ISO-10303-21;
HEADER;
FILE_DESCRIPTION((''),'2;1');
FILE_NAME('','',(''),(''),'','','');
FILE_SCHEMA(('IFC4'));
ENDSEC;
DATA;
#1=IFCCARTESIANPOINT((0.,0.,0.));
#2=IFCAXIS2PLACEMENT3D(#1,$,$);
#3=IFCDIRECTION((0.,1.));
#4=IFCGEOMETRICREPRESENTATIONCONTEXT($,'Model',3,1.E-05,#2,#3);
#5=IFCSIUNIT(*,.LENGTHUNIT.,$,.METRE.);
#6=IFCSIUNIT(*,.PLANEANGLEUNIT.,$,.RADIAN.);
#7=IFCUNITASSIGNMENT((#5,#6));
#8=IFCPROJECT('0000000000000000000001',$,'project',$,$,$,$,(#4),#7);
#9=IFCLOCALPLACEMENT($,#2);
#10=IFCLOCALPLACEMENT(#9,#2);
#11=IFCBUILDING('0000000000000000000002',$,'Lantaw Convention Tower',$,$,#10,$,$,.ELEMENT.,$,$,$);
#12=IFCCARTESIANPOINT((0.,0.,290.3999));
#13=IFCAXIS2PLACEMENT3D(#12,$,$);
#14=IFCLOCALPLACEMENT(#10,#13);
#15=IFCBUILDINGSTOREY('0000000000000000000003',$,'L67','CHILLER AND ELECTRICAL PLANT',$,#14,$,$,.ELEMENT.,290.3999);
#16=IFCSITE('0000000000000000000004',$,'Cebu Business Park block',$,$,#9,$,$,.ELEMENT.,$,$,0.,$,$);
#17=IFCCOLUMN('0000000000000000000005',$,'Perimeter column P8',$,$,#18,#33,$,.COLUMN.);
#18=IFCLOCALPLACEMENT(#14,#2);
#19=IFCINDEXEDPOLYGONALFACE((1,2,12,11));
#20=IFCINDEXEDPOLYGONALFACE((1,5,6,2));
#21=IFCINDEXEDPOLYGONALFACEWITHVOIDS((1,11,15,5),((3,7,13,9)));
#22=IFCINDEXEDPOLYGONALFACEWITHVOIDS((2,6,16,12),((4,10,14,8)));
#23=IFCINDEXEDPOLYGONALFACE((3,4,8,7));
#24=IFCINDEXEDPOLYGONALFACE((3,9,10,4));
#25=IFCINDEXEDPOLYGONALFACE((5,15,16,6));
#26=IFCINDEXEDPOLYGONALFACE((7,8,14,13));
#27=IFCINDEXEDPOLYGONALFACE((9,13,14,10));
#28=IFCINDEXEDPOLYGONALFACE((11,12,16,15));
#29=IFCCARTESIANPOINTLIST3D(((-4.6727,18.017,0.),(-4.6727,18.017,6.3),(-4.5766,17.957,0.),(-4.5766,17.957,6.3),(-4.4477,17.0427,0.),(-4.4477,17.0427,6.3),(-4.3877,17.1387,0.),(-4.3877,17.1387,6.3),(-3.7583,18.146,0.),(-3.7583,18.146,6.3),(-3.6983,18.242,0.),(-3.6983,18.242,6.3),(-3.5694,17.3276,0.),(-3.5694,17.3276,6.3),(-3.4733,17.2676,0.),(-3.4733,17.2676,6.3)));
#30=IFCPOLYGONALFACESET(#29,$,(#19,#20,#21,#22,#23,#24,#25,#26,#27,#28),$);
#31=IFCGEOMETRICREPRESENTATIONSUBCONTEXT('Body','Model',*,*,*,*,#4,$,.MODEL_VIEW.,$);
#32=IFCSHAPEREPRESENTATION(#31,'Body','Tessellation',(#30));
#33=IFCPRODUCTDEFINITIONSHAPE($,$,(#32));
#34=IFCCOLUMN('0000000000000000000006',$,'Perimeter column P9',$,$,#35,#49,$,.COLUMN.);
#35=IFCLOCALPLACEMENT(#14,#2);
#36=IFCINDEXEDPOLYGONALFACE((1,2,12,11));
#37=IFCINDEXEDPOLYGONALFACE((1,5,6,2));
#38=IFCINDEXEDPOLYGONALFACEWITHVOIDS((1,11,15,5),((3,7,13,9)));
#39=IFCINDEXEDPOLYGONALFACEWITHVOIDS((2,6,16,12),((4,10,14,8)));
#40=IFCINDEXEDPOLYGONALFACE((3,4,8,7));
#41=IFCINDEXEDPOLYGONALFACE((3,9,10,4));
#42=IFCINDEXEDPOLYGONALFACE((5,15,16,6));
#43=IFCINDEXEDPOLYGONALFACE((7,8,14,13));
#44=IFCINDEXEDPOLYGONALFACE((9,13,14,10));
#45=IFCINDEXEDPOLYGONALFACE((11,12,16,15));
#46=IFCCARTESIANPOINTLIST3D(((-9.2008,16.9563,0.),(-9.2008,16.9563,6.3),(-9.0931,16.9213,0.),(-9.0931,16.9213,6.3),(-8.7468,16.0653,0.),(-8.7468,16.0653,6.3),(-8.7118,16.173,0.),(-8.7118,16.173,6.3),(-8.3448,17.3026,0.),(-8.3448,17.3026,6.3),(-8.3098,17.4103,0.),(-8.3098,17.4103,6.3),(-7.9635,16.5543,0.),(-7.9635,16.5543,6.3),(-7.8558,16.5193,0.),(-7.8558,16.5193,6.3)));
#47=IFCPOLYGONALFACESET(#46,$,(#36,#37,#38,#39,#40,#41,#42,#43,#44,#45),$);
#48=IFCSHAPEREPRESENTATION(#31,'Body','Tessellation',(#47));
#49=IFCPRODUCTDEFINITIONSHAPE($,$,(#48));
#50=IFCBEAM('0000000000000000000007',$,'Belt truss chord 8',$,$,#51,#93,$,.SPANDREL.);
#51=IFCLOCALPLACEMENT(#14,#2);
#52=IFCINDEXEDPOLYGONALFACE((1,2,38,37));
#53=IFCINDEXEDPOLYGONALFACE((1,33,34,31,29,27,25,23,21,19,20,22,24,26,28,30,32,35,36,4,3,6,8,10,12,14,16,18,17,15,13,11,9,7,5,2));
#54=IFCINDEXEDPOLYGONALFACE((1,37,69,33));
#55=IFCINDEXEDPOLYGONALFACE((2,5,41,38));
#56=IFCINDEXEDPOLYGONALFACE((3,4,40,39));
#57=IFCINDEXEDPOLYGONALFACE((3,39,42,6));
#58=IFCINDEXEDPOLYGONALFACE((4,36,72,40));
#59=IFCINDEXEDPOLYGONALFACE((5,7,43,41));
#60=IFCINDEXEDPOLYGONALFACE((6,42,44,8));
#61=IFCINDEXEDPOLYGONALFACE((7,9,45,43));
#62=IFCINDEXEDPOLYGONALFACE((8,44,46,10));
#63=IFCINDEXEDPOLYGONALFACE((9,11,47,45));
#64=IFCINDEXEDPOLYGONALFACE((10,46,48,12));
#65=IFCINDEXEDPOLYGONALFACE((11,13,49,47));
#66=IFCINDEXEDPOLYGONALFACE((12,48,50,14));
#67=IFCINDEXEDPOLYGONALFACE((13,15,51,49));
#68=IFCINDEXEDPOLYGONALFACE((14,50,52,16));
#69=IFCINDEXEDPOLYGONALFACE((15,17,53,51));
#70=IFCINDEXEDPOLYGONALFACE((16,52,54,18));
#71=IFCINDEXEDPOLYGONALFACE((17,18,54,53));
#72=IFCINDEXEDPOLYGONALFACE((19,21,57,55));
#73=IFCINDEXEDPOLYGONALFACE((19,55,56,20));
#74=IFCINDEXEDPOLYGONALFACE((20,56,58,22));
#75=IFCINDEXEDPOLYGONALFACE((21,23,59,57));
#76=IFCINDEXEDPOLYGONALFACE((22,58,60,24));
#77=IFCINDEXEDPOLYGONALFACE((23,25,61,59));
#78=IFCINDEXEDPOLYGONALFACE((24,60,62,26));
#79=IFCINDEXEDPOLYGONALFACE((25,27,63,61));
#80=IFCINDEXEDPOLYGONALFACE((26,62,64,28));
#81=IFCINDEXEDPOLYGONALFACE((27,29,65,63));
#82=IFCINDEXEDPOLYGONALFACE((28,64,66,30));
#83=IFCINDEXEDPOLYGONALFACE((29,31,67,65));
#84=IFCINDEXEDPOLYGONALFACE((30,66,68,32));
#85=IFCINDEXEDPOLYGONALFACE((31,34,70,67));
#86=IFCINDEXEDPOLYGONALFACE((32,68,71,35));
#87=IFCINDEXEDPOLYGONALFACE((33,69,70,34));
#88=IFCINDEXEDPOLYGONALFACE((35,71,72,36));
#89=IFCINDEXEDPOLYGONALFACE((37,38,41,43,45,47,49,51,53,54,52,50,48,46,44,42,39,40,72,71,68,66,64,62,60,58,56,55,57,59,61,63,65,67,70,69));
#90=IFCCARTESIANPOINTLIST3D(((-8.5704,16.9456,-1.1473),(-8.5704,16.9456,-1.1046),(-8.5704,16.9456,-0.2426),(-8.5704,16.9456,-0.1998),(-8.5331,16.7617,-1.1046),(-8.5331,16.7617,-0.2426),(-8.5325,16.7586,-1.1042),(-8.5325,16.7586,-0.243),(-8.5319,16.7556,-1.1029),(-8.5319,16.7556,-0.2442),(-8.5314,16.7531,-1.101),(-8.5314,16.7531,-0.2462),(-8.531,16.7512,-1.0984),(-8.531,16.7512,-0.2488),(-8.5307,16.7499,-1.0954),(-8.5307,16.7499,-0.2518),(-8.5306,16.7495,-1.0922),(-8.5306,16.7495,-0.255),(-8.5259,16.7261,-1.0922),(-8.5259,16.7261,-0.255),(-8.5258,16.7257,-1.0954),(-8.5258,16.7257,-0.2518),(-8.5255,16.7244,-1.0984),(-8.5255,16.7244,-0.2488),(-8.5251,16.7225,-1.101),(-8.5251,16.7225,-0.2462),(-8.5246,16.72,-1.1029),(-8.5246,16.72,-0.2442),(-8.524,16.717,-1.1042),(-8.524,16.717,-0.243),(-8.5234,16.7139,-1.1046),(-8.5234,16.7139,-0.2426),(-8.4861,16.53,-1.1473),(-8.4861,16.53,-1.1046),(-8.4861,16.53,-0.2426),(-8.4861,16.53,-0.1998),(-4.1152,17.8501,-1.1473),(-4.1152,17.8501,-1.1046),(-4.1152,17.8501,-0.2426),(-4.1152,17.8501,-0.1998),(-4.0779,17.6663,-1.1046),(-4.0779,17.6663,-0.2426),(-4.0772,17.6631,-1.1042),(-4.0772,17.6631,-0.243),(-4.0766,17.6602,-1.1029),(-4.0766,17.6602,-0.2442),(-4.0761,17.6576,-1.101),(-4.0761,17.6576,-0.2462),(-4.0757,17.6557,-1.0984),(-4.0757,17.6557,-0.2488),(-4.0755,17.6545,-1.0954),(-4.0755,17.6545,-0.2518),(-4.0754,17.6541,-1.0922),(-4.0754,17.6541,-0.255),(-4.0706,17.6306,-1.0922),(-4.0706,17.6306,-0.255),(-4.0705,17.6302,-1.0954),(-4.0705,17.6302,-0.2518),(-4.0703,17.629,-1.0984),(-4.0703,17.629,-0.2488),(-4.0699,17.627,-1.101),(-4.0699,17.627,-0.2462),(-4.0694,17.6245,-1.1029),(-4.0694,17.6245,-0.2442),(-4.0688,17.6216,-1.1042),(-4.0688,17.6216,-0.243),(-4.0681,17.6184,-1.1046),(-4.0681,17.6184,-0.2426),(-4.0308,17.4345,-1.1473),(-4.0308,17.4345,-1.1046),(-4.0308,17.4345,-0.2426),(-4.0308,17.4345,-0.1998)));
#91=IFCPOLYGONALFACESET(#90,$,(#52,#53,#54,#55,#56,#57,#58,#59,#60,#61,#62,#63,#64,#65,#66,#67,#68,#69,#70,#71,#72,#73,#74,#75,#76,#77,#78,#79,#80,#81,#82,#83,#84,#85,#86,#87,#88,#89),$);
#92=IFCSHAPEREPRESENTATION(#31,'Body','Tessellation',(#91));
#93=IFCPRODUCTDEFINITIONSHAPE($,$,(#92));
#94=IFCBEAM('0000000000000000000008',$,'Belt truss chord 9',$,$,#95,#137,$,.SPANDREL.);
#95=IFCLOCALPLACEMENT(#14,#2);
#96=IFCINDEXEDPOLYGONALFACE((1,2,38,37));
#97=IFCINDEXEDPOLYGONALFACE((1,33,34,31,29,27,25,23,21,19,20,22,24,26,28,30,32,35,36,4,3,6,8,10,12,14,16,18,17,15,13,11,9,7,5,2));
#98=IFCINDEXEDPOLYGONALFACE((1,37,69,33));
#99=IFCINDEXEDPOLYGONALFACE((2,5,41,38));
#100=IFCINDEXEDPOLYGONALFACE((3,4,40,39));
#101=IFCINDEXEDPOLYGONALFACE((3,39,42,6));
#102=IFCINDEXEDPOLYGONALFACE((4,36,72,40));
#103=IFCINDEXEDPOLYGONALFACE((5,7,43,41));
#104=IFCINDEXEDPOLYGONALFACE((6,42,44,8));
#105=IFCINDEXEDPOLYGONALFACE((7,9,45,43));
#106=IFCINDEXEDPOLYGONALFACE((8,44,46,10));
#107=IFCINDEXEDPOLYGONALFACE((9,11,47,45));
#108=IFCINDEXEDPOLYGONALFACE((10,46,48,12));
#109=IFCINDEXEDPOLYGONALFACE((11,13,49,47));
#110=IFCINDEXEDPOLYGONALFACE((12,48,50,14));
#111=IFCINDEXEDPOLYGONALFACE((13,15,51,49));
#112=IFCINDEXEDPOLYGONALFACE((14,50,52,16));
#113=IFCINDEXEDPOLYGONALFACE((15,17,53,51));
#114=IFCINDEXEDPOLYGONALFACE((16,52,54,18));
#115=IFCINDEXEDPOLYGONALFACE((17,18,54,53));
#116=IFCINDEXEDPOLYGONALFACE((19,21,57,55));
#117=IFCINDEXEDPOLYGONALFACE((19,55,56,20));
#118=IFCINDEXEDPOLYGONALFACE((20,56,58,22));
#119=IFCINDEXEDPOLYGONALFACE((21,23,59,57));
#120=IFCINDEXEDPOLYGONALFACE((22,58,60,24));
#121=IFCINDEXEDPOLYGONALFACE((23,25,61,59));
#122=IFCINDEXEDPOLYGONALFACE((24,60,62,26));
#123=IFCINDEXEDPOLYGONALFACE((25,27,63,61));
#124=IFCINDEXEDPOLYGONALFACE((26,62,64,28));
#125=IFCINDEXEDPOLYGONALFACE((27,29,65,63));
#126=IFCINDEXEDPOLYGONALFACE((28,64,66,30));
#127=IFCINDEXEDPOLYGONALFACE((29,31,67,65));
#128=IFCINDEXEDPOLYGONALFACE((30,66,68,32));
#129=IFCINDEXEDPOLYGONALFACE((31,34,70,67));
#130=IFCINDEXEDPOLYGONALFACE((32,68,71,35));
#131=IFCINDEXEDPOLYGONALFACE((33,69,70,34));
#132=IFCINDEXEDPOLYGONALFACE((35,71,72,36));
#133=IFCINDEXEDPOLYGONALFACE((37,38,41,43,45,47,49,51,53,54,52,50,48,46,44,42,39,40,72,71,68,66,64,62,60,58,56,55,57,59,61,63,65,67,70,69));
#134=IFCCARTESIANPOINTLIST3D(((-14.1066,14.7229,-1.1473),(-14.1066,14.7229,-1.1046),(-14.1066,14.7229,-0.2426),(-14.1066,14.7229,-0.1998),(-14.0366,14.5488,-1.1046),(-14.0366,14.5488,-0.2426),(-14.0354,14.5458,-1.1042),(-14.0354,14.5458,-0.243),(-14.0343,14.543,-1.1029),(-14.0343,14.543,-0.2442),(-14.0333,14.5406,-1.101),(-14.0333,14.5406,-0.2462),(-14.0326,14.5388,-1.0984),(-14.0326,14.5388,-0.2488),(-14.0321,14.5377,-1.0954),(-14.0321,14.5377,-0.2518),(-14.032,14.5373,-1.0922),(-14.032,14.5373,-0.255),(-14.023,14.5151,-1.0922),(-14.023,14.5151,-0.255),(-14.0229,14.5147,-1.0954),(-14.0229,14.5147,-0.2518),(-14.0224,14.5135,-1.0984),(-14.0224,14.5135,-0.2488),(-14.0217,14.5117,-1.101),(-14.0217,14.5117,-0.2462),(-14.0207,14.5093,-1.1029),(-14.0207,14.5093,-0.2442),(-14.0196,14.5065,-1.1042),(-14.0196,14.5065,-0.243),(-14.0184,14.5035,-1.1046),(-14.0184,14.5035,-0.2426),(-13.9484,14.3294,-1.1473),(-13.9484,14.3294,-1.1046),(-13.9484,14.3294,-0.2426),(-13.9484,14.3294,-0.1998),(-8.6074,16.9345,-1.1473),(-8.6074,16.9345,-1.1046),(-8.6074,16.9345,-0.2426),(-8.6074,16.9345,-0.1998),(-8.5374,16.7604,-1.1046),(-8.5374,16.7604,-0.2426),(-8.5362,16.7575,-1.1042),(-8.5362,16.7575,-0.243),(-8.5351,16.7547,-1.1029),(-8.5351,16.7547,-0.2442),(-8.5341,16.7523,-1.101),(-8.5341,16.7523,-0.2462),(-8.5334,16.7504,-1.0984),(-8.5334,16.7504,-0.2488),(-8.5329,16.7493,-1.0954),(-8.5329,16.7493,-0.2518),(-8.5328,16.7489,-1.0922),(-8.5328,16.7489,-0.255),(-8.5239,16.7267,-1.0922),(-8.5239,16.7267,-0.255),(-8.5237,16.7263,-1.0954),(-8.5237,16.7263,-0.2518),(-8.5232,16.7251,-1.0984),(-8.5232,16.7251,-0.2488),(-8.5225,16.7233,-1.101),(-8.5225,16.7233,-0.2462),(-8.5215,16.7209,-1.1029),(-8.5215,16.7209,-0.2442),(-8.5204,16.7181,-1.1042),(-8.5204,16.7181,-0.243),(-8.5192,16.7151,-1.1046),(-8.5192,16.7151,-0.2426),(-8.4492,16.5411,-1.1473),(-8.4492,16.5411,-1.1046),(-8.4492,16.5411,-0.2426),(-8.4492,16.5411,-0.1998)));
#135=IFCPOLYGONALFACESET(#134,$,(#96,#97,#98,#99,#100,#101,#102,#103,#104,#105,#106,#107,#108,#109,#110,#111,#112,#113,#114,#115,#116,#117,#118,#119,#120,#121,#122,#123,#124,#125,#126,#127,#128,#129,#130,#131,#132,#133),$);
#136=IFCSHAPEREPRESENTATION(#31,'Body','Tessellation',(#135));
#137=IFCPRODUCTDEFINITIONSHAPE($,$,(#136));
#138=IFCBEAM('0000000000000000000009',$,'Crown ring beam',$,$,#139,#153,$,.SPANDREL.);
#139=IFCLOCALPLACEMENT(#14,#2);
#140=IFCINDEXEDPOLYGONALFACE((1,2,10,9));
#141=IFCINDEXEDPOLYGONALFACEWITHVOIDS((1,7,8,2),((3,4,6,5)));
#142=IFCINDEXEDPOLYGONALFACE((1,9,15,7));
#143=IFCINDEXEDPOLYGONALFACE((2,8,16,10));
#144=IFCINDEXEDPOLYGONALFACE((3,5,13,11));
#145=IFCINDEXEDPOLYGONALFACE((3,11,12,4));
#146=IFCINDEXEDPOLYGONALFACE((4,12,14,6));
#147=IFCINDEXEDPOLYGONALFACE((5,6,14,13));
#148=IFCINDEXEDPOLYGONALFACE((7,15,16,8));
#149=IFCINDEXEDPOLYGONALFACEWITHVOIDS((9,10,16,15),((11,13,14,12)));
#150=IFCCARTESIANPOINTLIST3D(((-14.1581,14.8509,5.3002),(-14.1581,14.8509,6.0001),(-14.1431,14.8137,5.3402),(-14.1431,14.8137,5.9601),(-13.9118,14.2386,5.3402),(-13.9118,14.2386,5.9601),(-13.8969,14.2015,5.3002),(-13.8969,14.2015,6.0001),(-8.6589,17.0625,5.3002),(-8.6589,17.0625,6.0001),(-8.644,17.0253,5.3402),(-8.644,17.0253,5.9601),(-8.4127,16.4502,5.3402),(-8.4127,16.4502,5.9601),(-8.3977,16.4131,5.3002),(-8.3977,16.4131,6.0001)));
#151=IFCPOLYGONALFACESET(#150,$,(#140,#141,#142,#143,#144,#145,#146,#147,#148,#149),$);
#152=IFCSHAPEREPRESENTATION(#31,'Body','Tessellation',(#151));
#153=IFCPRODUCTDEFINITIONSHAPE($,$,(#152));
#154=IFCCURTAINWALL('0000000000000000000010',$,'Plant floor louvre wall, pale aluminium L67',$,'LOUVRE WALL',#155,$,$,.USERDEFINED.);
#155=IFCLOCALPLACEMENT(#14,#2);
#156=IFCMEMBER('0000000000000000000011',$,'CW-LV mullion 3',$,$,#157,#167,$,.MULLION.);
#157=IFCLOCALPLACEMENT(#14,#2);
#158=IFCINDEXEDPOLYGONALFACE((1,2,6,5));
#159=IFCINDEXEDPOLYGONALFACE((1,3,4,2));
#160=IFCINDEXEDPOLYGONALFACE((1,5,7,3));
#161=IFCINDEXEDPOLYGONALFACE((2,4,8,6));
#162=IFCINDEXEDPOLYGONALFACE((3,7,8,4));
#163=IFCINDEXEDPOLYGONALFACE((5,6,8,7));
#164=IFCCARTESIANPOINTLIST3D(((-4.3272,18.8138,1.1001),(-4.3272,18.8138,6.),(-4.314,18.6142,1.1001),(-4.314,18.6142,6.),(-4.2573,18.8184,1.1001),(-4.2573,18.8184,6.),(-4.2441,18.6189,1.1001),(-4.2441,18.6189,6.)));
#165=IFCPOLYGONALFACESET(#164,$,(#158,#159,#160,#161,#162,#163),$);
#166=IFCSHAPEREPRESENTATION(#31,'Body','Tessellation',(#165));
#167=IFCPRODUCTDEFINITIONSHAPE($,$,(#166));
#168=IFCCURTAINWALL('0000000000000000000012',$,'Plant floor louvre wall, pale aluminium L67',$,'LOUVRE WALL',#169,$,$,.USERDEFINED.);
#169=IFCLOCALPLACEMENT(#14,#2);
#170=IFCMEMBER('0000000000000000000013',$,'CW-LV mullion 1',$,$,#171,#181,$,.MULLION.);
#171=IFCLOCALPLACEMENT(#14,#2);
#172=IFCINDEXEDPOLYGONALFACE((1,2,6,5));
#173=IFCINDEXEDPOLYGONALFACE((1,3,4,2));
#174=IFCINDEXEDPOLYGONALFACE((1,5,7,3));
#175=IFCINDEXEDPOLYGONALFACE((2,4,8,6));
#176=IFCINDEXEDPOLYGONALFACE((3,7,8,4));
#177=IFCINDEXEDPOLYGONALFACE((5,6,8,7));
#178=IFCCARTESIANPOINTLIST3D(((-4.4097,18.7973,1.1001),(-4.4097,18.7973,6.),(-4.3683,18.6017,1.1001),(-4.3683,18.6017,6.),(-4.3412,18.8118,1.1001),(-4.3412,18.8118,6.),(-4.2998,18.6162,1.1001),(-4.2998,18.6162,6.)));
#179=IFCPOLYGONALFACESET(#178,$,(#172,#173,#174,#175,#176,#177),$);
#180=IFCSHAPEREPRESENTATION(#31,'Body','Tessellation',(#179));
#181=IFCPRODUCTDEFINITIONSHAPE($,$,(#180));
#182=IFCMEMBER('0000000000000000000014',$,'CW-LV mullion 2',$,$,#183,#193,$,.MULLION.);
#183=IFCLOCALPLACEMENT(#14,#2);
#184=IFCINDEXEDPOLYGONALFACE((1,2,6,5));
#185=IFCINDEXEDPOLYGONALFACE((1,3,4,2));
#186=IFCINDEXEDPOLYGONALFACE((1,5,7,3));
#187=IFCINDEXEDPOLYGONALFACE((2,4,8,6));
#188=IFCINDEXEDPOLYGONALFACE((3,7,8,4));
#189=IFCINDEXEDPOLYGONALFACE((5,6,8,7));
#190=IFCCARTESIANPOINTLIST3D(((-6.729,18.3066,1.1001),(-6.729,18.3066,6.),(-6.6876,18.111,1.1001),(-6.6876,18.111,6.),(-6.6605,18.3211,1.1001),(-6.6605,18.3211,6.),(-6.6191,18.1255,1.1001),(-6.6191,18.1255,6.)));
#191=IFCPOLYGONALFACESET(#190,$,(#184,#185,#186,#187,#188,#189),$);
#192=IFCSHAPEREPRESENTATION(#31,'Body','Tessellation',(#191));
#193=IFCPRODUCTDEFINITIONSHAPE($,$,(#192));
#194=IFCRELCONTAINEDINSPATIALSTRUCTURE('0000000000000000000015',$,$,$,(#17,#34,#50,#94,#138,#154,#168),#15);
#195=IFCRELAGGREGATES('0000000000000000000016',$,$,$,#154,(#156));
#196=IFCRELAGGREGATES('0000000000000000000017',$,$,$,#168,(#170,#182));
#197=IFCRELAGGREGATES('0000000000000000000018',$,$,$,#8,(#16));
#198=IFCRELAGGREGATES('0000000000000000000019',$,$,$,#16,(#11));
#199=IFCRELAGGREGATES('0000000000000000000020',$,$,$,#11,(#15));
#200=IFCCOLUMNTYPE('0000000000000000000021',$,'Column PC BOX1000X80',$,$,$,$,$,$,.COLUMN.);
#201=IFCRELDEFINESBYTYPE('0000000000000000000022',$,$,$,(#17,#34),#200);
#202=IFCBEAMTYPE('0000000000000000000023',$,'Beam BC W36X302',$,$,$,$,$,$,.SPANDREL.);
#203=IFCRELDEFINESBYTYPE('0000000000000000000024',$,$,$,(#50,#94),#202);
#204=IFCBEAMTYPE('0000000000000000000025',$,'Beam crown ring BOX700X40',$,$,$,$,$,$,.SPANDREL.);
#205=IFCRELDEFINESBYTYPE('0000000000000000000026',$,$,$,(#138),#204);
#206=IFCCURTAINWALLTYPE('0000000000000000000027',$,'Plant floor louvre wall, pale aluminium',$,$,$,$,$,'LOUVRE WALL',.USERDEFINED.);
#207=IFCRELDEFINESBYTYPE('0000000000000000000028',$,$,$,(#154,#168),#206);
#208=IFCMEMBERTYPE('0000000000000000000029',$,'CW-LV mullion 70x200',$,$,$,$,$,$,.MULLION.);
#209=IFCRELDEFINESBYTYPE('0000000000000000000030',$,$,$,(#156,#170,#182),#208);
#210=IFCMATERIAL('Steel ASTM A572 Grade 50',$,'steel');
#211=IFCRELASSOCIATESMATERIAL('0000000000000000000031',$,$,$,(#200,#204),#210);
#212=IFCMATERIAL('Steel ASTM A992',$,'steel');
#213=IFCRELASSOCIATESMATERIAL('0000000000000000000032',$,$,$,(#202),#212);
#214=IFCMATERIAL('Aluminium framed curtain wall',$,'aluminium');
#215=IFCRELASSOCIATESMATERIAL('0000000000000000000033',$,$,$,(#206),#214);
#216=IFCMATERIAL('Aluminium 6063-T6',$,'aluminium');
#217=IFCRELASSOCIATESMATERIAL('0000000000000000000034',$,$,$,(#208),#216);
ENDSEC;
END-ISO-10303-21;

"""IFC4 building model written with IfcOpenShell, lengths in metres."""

from ifc_helpers import new_model, si_unit, direction, frame, origin, origin_2d, place, context, subcontext, project, spatial, rectangle, hollow_rectangle, i_section, extrude, material, material_profile, profile_set, type_object, element, aggregate, save


model = new_model("IFC4")

# Units and contexts
model_context = context("Model", 3, precision=1e-05, world=origin(), true_north=direction((0.0, 1.0)))
body_context = subcontext(model_context, "Body", "Model", "MODEL_VIEW")
ifc_project = project(units=[si_unit("LENGTHUNIT", "METRE"), si_unit("PLANEANGLEUNIT", "RADIAN")], contexts=[model_context])

# Site, building, storey
site_placement = place(None, origin())
site = spatial("IfcSite", under=ifc_project, at=site_placement, Name="Cebu Business Park block", CompositionType="ELEMENT", RefElevation=0.0)
building_placement = place(site_placement, origin())
building = spatial("IfcBuilding", under=site, at=building_placement, Name="Lantaw Convention Tower", CompositionType="ELEMENT")
storey_placement = place(building_placement, frame((0.0, 0.0, 290.3999)))
storey = spatial("IfcBuildingStorey", under=building, at=storey_placement, Name="L67", Description="CHILLER AND ELECTRICAL PLANT", CompositionType="ELEMENT", Elevation=290.3999)

# Columns
ifc_material_1 = material(Name="Steel ASTM A572 Grade 50", Category="steel")
ifc_material_profile_1 = material_profile(ifc_material_1, hollow_rectangle(XDim=1.0, YDim=1.0, WallThickness=0.0801, at=origin_2d()), Name="BOX1000X80")
ifc_material_2 = material(Name="Concrete C60/75", Category="concrete")
ifc_material_profile_2 = material_profile(ifc_material_2, rectangle(XDim=0.8401, YDim=0.8401, at=origin_2d()), Name="Concrete fill of BOX1000X80")
ifc_profile_set_1 = profile_set([ifc_material_profile_1, ifc_material_profile_2], Name="Steel ASTM A572 Grade 50")
column_type = type_object("IfcColumnType", Name="Column PC BOX1000X80", PredefinedType="COLUMN", material=ifc_profile_set_1)
for number, where, z_axis, x_axis, name in (
    (1, (-4.073, 17.6423, 0.0), (0.0, 0.0, 1.0), (0.97437, 0.224951, 0.0), "Perimeter column P8"),
    (2, (-8.5283, 16.7378, 0.0), (0.0, 0.0, 1.0), (0.891007, 0.45399, 0.0), "Perimeter column P9"),
):
    element("IfcColumn", number, at=place(storey_placement, frame(where, z_axis=z_axis, x_axis=x_axis)), inside=storey, type_object=column_type, Name=name, PredefinedType="COLUMN", context=body_context, shape_type="SweptSolid", body=[
        extrude(hollow_rectangle(XDim=1.0, YDim=1.0, WallThickness=0.0801, at=origin_2d()), origin(), (0.0, 0.0, 1.0), 6.3),
    ])

# Beams
ifc_material_3 = material(Name="Steel ASTM A992", Category="steel")
ifc_material_profile_3 = material_profile(ifc_material_3, i_section(OverallWidth=0.4241, OverallDepth=0.9475, WebThickness=0.0239, FlangeThickness=0.0427, FilletRadius=0.0125, at=origin_2d()), Name="W36X302")
ifc_profile_set_2 = profile_set([ifc_material_profile_3], Name="Steel ASTM A992")
beam_type_1 = type_object("IfcBeamType", Name="Beam BC W36X302", PredefinedType="SPANDREL", material=ifc_profile_set_2)
beam_1_placement = place(storey_placement, frame((-4.073, 17.6423, -0.6736), z_axis=(-0.980006, -0.198966, 0.0), x_axis=(0.198966, -0.980006, 0.0)))
element("IfcBeam", 3, at=beam_1_placement, inside=storey, type_object=beam_type_1, Name="Belt truss chord 8", PredefinedType="SPANDREL", context=body_context, shape_type="SweptSolid", body=[
    extrude(i_section(OverallWidth=0.4241, OverallDepth=0.9475, WebThickness=0.0239, FlangeThickness=0.0427, FilletRadius=0.0125, at=origin_2d()), origin(), (0.0, 0.0, 1.0), 4.5461),
])
beam_2_placement = place(storey_placement, frame((-8.5283, 16.7378, -0.6736), z_axis=(-0.927779, -0.37313, 0.0), x_axis=(0.37313, -0.927779, 0.0)))
element("IfcBeam", 4, at=beam_2_placement, inside=storey, type_object=beam_type_1, Name="Belt truss chord 9", PredefinedType="SPANDREL", context=body_context, shape_type="SweptSolid", body=[
    extrude(i_section(OverallWidth=0.4241, OverallDepth=0.9475, WebThickness=0.0239, FlangeThickness=0.0427, FilletRadius=0.0125, at=origin_2d()), origin(), (0.0, 0.0, 1.0), 5.9272),
])
ifc_material_profile_4 = material_profile(ifc_material_1, hollow_rectangle(XDim=0.7, YDim=0.7, WallThickness=0.04, at=origin_2d()), Name="BOX700X40")
ifc_profile_set_3 = profile_set([ifc_material_profile_4], Name="Steel ASTM A572 Grade 50")
beam_type_2 = type_object("IfcBeamType", Name="Beam crown ring BOX700X40", PredefinedType="SPANDREL", material=ifc_profile_set_3)
beam_3_placement = place(storey_placement, frame((-8.5283, 16.7378, 5.6501), z_axis=(-0.927779, -0.37313, 0.0), x_axis=(0.37313, -0.927779, 0.0)))
element("IfcBeam", 5, at=beam_3_placement, inside=storey, type_object=beam_type_2, Name="Crown ring beam", PredefinedType="SPANDREL", context=body_context, shape_type="SweptSolid", body=[
    extrude(hollow_rectangle(XDim=0.7, YDim=0.7, WallThickness=0.04, at=origin_2d()), origin(), (0.0, 0.0, 1.0), 5.9272),
])

# Curtain wall, member
ifc_material_4 = material(Name="Aluminium framed curtain wall", Category="aluminium")
curtain_wall_type = type_object("IfcCurtainWallType", Name="Plant floor louvre wall, pale aluminium", ElementType="LOUVRE WALL", PredefinedType="USERDEFINED", material=ifc_material_4)
curtain_wall_1_placement = place(storey_placement, origin())
curtain_wall_1 = element("IfcCurtainWall", 6, at=curtain_wall_1_placement, inside=storey, type_object=curtain_wall_type, Name="Plant floor louvre wall, pale aluminium L67", ObjectType="LOUVRE WALL", PredefinedType="USERDEFINED")
ifc_material_5 = material(Name="Aluminium 6063-T6", Category="aluminium")
ifc_material_profile_5 = material_profile(ifc_material_5, rectangle(XDim=0.2, YDim=0.0701, at=origin_2d()), Name="CW-LV mullion 70x200")
ifc_profile_set_4 = profile_set([ifc_material_profile_5], Name="Aluminium 6063-T6")
member_type_1 = type_object("IfcMemberType", Name="CW-LV mullion 70x200", PredefinedType="MULLION", material=ifc_profile_set_4)
member_1_placement = place(storey_placement, frame((-4.2856, 18.7163, 1.1001), z_axis=(0.0, 0.0, 1.0), x_axis=(0.066025, -0.997818, 0.0)))
member_1 = element("IfcMember", 7, at=member_1_placement, type_object=member_type_1, Name="CW-LV mullion 3", PredefinedType="MULLION", context=body_context, shape_type="SweptSolid", body=[
    extrude(rectangle(XDim=0.2, YDim=0.0701, at=origin_2d()), origin(), (0.0, 0.0, 1.0), 4.8999),
])
aggregate(curtain_wall_1, [member_1])

# Curtain wall, members
curtain_wall_2_placement = place(storey_placement, origin())
curtain_wall_2 = element("IfcCurtainWall", 8, at=curtain_wall_2_placement, inside=storey, type_object=curtain_wall_type, Name="Plant floor louvre wall, pale aluminium L67", ObjectType="LOUVRE WALL", PredefinedType="USERDEFINED")
member_2_placement = place(storey_placement, frame((-4.3547, 18.7068, 1.1001), z_axis=(0.0, 0.0, 1.0), x_axis=(0.20704, -0.978332, 0.0)))
member_2 = element("IfcMember", 9, at=member_2_placement, type_object=member_type_1, Name="CW-LV mullion 1", PredefinedType="MULLION", context=body_context, shape_type="SweptSolid", body=[
    extrude(rectangle(XDim=0.2, YDim=0.0701, at=origin_2d()), origin(), (0.0, 0.0, 1.0), 4.8999),
])
member_3_placement = place(storey_placement, frame((-6.6741, 18.2161, 1.1001), z_axis=(0.0, 0.0, 1.0), x_axis=(0.20704, -0.978332, 0.0)))
member_3 = element("IfcMember", 10, at=member_3_placement, type_object=member_type_1, Name="CW-LV mullion 2", PredefinedType="MULLION", context=body_context, shape_type="SweptSolid", body=[
    extrude(rectangle(XDim=0.2, YDim=0.0701, at=origin_2d()), origin(), (0.0, 0.0, 1.0), 4.8999),
])

aggregate(curtain_wall_2, [member_2, member_3])

save(model, "model.ifc")
